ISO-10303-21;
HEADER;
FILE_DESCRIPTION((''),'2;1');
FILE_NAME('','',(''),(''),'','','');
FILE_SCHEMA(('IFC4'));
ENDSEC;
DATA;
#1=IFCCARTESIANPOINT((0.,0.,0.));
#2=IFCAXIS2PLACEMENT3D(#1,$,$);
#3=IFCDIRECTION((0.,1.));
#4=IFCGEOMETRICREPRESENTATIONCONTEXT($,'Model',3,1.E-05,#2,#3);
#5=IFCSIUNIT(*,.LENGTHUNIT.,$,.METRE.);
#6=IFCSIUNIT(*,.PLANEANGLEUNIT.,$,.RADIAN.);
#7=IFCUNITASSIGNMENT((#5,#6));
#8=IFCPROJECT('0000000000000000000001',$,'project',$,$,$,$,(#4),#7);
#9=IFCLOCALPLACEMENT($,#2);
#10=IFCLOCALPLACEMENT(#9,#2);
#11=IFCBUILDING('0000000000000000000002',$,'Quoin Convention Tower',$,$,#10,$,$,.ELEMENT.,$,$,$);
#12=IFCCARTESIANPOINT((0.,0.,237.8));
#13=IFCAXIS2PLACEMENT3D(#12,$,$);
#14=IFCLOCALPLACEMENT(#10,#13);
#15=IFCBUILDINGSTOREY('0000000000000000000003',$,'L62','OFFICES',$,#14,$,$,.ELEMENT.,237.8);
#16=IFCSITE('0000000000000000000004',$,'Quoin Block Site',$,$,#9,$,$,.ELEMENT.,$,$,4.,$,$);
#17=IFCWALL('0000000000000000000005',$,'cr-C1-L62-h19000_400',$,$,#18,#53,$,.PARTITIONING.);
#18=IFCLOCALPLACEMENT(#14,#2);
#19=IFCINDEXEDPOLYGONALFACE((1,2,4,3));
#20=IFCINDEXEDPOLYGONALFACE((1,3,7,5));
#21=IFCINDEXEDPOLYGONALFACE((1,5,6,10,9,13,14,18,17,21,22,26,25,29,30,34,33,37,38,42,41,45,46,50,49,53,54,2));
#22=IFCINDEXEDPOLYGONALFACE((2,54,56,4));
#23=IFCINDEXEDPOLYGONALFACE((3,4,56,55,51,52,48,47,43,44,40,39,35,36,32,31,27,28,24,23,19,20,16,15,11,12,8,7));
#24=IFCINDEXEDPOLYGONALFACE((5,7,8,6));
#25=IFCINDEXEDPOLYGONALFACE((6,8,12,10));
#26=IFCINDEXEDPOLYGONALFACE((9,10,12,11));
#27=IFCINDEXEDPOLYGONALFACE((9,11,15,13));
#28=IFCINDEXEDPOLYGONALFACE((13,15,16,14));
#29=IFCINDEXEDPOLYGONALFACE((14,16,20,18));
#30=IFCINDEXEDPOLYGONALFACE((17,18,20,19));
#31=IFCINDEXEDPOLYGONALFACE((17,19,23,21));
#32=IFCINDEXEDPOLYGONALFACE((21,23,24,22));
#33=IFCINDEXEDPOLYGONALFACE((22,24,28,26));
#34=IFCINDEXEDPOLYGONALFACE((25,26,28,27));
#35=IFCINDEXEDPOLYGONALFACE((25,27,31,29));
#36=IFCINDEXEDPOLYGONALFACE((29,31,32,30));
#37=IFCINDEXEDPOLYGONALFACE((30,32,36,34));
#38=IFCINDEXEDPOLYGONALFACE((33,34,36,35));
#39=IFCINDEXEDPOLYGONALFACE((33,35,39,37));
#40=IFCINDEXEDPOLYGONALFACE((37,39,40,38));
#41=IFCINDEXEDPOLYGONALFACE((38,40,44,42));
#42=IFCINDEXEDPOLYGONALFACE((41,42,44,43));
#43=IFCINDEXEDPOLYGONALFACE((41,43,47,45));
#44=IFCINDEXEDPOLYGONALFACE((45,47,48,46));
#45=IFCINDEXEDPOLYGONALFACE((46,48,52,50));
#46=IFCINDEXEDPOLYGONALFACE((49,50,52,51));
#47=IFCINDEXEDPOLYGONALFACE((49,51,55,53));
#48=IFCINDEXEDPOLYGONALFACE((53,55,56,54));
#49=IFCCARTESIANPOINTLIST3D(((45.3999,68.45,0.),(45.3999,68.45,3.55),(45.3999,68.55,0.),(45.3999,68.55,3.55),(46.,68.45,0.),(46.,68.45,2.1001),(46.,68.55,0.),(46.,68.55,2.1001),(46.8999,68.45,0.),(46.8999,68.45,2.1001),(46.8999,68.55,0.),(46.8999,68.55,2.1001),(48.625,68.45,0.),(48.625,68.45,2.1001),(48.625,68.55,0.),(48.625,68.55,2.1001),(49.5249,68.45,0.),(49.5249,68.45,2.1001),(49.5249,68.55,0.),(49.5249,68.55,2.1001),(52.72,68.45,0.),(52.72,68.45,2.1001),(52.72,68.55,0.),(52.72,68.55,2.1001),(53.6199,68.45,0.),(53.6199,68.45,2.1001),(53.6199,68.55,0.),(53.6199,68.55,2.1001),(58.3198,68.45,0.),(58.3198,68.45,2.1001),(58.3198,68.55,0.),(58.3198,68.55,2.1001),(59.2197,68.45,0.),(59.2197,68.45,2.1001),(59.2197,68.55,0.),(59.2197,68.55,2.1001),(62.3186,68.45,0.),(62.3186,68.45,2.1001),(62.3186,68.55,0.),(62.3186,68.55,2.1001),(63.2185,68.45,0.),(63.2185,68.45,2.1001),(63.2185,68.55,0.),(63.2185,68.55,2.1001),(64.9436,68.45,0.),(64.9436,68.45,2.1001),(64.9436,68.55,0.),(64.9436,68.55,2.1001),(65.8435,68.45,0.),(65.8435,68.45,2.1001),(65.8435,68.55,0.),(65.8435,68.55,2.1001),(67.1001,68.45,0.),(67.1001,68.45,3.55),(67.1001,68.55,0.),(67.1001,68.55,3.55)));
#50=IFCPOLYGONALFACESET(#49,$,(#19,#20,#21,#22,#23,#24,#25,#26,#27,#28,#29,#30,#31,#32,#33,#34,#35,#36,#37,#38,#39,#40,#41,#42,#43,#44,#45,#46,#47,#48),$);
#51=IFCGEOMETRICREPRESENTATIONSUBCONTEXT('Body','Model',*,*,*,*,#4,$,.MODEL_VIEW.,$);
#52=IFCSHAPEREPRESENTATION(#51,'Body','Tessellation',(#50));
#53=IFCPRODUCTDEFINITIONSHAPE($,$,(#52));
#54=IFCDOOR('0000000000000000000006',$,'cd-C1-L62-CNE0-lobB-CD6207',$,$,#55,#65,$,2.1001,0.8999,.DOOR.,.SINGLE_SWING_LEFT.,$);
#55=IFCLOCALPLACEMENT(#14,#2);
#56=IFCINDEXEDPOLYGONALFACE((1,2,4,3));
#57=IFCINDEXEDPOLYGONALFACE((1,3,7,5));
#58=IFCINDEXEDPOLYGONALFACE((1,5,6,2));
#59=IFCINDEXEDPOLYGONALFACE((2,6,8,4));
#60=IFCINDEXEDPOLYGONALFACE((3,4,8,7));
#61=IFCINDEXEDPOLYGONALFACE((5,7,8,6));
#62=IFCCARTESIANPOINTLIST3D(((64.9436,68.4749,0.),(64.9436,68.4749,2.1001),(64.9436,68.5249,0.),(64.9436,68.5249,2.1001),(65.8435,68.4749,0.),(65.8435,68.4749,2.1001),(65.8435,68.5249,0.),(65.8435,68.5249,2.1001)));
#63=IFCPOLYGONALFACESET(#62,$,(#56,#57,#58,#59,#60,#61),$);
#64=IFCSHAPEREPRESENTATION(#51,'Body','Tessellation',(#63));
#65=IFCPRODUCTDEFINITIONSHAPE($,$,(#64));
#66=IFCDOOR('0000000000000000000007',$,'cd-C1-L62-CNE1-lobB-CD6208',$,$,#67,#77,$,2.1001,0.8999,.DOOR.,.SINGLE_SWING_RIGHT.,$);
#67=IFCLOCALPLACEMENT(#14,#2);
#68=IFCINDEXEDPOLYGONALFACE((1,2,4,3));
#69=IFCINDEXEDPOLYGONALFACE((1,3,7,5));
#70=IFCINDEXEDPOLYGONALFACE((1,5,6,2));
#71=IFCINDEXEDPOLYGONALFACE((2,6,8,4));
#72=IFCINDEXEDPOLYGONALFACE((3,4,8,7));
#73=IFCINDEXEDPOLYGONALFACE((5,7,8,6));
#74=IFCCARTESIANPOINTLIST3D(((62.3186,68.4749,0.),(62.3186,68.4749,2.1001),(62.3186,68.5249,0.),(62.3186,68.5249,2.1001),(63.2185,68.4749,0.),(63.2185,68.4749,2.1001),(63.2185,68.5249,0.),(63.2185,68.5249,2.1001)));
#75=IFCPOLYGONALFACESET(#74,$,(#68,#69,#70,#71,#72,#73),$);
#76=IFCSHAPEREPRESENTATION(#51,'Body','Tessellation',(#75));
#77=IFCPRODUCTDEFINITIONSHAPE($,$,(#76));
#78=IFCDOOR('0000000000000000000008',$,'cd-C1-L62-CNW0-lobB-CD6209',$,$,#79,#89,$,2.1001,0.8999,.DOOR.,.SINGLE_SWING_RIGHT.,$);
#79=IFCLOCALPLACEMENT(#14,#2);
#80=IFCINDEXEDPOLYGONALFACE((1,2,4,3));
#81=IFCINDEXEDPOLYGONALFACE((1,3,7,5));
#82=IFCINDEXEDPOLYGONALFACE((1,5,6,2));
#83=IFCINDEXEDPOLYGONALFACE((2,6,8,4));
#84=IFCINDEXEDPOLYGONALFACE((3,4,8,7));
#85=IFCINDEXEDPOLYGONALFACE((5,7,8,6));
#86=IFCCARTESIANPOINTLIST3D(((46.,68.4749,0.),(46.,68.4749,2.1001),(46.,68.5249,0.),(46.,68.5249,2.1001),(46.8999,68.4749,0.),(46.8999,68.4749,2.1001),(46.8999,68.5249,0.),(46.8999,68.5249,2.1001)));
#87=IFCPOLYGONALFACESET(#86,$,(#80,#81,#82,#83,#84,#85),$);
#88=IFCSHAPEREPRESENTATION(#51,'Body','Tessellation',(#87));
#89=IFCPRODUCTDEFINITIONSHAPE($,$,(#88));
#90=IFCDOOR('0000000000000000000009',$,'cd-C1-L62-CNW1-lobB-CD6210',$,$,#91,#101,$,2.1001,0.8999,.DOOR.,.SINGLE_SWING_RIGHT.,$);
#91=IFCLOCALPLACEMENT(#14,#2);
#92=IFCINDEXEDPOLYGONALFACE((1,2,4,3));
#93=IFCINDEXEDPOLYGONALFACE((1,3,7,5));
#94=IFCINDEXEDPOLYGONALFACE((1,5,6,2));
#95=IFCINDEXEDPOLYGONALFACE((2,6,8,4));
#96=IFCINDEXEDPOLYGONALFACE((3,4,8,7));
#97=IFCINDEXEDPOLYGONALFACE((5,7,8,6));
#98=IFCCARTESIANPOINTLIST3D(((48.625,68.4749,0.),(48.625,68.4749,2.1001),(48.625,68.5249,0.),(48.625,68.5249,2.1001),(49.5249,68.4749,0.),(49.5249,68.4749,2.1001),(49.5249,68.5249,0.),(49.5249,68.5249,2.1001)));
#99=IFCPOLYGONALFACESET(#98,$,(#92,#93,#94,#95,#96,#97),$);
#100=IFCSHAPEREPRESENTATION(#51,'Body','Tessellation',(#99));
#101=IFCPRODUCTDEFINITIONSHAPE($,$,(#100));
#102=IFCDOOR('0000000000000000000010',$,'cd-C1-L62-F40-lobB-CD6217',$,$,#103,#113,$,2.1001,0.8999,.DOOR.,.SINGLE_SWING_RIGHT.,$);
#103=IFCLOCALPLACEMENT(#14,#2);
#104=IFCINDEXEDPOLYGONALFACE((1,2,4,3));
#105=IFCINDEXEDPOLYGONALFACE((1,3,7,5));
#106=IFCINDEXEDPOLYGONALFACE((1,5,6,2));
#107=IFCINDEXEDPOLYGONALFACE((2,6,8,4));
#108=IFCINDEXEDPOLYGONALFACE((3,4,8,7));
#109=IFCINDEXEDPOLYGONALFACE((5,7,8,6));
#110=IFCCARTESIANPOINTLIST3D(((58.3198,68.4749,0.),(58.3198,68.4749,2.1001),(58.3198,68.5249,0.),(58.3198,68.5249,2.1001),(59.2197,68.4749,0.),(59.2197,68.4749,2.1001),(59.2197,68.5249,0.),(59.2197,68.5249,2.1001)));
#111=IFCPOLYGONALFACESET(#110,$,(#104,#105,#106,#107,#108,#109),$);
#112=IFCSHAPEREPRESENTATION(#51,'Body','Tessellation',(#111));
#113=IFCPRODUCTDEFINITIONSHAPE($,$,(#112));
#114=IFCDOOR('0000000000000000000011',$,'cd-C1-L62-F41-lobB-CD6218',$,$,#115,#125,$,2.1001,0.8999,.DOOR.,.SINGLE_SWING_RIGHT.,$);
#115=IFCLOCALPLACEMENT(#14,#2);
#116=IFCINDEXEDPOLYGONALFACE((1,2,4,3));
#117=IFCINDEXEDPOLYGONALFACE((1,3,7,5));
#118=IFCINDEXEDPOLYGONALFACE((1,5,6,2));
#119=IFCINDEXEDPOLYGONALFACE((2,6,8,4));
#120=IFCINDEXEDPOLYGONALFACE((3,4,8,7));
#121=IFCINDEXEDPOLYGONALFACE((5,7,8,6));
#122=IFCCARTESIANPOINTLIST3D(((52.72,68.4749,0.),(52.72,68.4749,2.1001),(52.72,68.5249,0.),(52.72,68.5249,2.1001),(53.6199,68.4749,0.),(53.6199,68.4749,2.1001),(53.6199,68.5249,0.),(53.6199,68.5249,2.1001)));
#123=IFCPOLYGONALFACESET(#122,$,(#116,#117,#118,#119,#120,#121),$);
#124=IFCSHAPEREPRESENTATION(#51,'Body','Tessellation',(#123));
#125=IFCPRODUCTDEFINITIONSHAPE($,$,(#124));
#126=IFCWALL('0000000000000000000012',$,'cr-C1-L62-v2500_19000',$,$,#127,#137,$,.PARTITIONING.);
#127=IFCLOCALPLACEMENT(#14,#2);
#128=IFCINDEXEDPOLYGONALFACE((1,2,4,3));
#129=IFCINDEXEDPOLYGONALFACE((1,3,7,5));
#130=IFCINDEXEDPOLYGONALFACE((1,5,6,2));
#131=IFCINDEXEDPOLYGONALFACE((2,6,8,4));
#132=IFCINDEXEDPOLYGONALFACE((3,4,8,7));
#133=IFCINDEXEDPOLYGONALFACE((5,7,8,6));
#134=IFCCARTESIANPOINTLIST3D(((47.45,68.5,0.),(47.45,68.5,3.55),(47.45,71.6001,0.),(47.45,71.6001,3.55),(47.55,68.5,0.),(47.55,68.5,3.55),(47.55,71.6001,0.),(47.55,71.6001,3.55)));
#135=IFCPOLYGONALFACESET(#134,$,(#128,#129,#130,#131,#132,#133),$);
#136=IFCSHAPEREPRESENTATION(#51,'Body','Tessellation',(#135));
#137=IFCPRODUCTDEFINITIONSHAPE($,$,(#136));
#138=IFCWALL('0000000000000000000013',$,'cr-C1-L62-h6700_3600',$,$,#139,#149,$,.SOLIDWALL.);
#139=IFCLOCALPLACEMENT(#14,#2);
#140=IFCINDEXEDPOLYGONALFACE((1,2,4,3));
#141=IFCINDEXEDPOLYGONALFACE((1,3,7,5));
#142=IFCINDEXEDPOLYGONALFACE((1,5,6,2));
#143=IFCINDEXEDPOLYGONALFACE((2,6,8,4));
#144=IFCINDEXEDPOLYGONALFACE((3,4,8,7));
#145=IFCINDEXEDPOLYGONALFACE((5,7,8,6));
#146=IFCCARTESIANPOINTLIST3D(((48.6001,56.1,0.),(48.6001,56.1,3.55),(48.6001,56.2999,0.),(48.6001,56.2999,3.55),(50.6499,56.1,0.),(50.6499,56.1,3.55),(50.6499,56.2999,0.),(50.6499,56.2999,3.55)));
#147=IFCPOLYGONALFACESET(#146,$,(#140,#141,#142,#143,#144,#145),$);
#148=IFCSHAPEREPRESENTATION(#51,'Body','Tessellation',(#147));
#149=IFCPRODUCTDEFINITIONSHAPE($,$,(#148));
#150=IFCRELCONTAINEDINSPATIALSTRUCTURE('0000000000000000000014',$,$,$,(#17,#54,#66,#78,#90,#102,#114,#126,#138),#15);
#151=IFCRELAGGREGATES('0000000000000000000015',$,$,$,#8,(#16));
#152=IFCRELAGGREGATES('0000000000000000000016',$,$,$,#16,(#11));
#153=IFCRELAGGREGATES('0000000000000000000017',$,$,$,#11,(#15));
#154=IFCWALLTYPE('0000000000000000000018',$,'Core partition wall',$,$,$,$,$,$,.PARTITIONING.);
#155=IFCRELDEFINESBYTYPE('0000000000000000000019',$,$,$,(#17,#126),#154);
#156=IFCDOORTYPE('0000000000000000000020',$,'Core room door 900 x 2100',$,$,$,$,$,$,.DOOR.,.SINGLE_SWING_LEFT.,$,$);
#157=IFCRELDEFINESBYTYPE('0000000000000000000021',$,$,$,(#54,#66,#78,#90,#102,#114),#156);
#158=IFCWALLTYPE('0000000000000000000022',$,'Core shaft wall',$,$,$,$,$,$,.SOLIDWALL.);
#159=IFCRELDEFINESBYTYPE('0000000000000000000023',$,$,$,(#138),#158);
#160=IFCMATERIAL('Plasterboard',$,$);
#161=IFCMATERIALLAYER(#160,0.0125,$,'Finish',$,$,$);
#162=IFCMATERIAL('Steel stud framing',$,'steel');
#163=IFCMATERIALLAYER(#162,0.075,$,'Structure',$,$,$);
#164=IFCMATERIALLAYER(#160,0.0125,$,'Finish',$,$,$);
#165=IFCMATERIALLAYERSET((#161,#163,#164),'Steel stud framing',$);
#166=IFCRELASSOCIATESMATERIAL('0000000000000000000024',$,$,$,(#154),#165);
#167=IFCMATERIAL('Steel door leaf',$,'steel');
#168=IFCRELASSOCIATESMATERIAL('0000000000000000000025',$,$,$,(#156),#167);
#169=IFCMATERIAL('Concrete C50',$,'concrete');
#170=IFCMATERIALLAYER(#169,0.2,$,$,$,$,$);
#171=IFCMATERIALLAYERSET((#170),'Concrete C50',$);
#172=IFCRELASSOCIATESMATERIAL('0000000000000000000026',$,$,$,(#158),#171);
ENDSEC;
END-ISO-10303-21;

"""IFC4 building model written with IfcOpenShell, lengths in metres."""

from ifc_helpers import new_model, si_unit, direction, frame, frame_2d, origin, place, context, subcontext, project, spatial, rectangle, extrude, material, layer, layer_set, type_object, element, fill, save


model = new_model("IFC4")

# Units and contexts
model_context = context("Model", 3, precision=1e-05, world=origin(), true_north=direction((0.0, 1.0)))
body_context = subcontext(model_context, "Body", "Model", "MODEL_VIEW")
ifc_project = project(units=[si_unit("LENGTHUNIT", "METRE"), si_unit("PLANEANGLEUNIT", "RADIAN")], contexts=[model_context])

# Site, building, storey
site_placement = place(None, origin())
site = spatial("IfcSite", under=ifc_project, at=site_placement, Name="Quoin Block Site", CompositionType="ELEMENT", RefElevation=4.0)
building_placement = place(site_placement, origin())
building = spatial("IfcBuilding", under=site, at=building_placement, Name="Quoin Convention Tower", CompositionType="ELEMENT")
storey_placement = place(building_placement, frame((0.0, 0.0, 237.8)))
storey = spatial("IfcBuildingStorey", under=building, at=storey_placement, Name="L62", Description="OFFICES", CompositionType="ELEMENT", Elevation=237.8)

# Wall, openings, doors
ifc_material_1 = material(Name="Plasterboard")
ifc_layer_1 = layer(ifc_material_1, 0.0125, Name="Finish")
ifc_material_2 = material(Name="Steel stud framing", Category="steel")
ifc_layer_2 = layer(ifc_material_2, 0.075, Name="Structure")
ifc_layer_3 = layer(ifc_material_1, 0.0125, Name="Finish")
ifc_layer_set_1 = layer_set([ifc_layer_1, ifc_layer_2, ifc_layer_3], Name="Steel stud framing")
wall_type_1 = type_object("IfcWallType", Name="Core partition wall", PredefinedType="PARTITIONING", material=ifc_layer_set_1)
wall_1_placement = place(storey_placement, frame((45.3999, 68.5, 0.0), z_axis=(0.0, 0.0, 1.0), x_axis=(1.0, 0.0, 0.0)))
wall_1 = element("IfcWall", 1, at=wall_1_placement, inside=storey, type_object=wall_type_1, Name="cr-C1-L62-h19000_400", PredefinedType="PARTITIONING", context=body_context, shape_type="SweptSolid", body=[
    extrude(rectangle(XDim=21.7002, YDim=0.1001, at=frame_2d((10.8501, 0.0))), origin(), (0.0, 0.0, 1.0), 3.55),
])
opening_1_placement = place(wall_1_placement, frame((19.5437, 0.0, 0.0)))
opening_1 = element("IfcOpeningElement", 2, at=opening_1_placement, cuts=wall_1, PredefinedType="OPENING", context=body_context, shape_type="SweptSolid", body=[
    extrude(rectangle(XDim=0.8999, YDim=2.1001, at=frame_2d((0.45, 1.05))), frame((0.0, 0.0601, 0.0), z_axis=(0.0, -1.0, 0.0), x_axis=(1.0, 0.0, 0.0)), (0.0, 0.0, 1.0), 0.1201),
])
opening_2_placement = place(wall_1_placement, frame((16.9187, 0.0, 0.0)))
opening_2 = element("IfcOpeningElement", 3, at=opening_2_placement, cuts=wall_1, PredefinedType="OPENING", context=body_context, shape_type="SweptSolid", body=[
    extrude(rectangle(XDim=0.8999, YDim=2.1001, at=frame_2d((0.45, 1.05))), frame((0.0, 0.0601, 0.0), z_axis=(0.0, -1.0, 0.0), x_axis=(1.0, 0.0, 0.0)), (0.0, 0.0, 1.0), 0.1201),
])
opening_3_placement = place(wall_1_placement, frame((0.6001, 0.0, 0.0)))
opening_3 = element("IfcOpeningElement", 4, at=opening_3_placement, cuts=wall_1, PredefinedType="OPENING", context=body_context, shape_type="SweptSolid", body=[
    extrude(rectangle(XDim=0.8999, YDim=2.1001, at=frame_2d((0.45, 1.05))), frame((0.0, 0.0601, 0.0), z_axis=(0.0, -1.0, 0.0), x_axis=(1.0, 0.0, 0.0)), (0.0, 0.0, 1.0), 0.1201),
])
opening_4_placement = place(wall_1_placement, frame((3.2251, 0.0, 0.0)))
opening_4 = element("IfcOpeningElement", 5, at=opening_4_placement, cuts=wall_1, PredefinedType="OPENING", context=body_context, shape_type="SweptSolid", body=[
    extrude(rectangle(XDim=0.8999, YDim=2.1001, at=frame_2d((0.45, 1.05))), frame((0.0, 0.0601, 0.0), z_axis=(0.0, -1.0, 0.0), x_axis=(1.0, 0.0, 0.0)), (0.0, 0.0, 1.0), 0.1201),
])
opening_5_placement = place(wall_1_placement, frame((12.9199, 0.0, 0.0)))
opening_5 = element("IfcOpeningElement", 6, at=opening_5_placement, cuts=wall_1, PredefinedType="OPENING", context=body_context, shape_type="SweptSolid", body=[
    extrude(rectangle(XDim=0.8999, YDim=2.1001, at=frame_2d((0.45, 1.05))), frame((0.0, 0.0601, 0.0), z_axis=(0.0, -1.0, 0.0), x_axis=(1.0, 0.0, 0.0)), (0.0, 0.0, 1.0), 0.1201),
])
opening_6_placement = place(wall_1_placement, frame((7.3201, 0.0, 0.0)))
opening_6 = element("IfcOpeningElement", 7, at=opening_6_placement, cuts=wall_1, PredefinedType="OPENING", context=body_context, shape_type="SweptSolid", body=[
    extrude(rectangle(XDim=0.8999, YDim=2.1001, at=frame_2d((0.45, 1.05))), frame((0.0, 0.0601, 0.0), z_axis=(0.0, -1.0, 0.0), x_axis=(1.0, 0.0, 0.0)), (0.0, 0.0, 1.0), 0.1201),
])
ifc_material_3 = material(Name="Steel door leaf", Category="steel")
door_type_1 = type_object("IfcDoorType", Name="Core room door 900 x 2100", OperationType="SINGLE_SWING_LEFT", PredefinedType="DOOR", material=ifc_material_3)
door_1_placement = place(opening_1_placement, origin())
door_1 = element("IfcDoor", 8, at=door_1_placement, inside=storey, type_object=door_type_1, Name="cd-C1-L62-CNE0-lobB-CD6207", OperationType="SINGLE_SWING_LEFT", OverallHeight=2.1001, OverallWidth=0.8999, PredefinedType="DOOR", context=body_context, shape_type="SweptSolid", body=[
    extrude(rectangle(XDim=0.8999, YDim=2.1001, at=frame_2d((0.45, 1.05))), frame((0.0, 0.0249, 0.0), z_axis=(0.0, -1.0, 0.0), x_axis=(1.0, 0.0, 0.0)), (0.0, 0.0, 1.0), 0.05),
])
fill(opening_1, door_1)
door_2_placement = place(opening_2_placement, origin())
door_2 = element("IfcDoor", 9, at=door_2_placement, inside=storey, type_object=door_type_1, Name="cd-C1-L62-CNE1-lobB-CD6208", OperationType="SINGLE_SWING_RIGHT", OverallHeight=2.1001, OverallWidth=0.8999, PredefinedType="DOOR", context=body_context, shape_type="SweptSolid", body=[
    extrude(rectangle(XDim=0.8999, YDim=2.1001, at=frame_2d((0.45, 1.05))), frame((0.0, 0.0249, 0.0), z_axis=(0.0, -1.0, 0.0), x_axis=(1.0, 0.0, 0.0)), (0.0, 0.0, 1.0), 0.05),
])
fill(opening_2, door_2)
door_3_placement = place(opening_3_placement, origin())
door_3 = element("IfcDoor", 10, at=door_3_placement, inside=storey, type_object=door_type_1, Name="cd-C1-L62-CNW0-lobB-CD6209", OperationType="SINGLE_SWING_RIGHT", OverallHeight=2.1001, OverallWidth=0.8999, PredefinedType="DOOR", context=body_context, shape_type="SweptSolid", body=[
    extrude(rectangle(XDim=0.8999, YDim=2.1001, at=frame_2d((0.45, 1.05))), frame((0.0, 0.0249, 0.0), z_axis=(0.0, -1.0, 0.0), x_axis=(1.0, 0.0, 0.0)), (0.0, 0.0, 1.0), 0.05),
])
fill(opening_3, door_3)
door_4_placement = place(opening_4_placement, origin())
door_4 = element("IfcDoor", 11, at=door_4_placement, inside=storey, type_object=door_type_1, Name="cd-C1-L62-CNW1-lobB-CD6210", OperationType="SINGLE_SWING_RIGHT", OverallHeight=2.1001, OverallWidth=0.8999, PredefinedType="DOOR", context=body_context, shape_type="SweptSolid", body=[
    extrude(rectangle(XDim=0.8999, YDim=2.1001, at=frame_2d((0.45, 1.05))), frame((0.0, 0.0249, 0.0), z_axis=(0.0, -1.0, 0.0), x_axis=(1.0, 0.0, 0.0)), (0.0, 0.0, 1.0), 0.05),
])
fill(opening_4, door_4)
door_5_placement = place(opening_5_placement, origin())
door_5 = element("IfcDoor", 12, at=door_5_placement, inside=storey, type_object=door_type_1, Name="cd-C1-L62-F40-lobB-CD6217", OperationType="SINGLE_SWING_RIGHT", OverallHeight=2.1001, OverallWidth=0.8999, PredefinedType="DOOR", context=body_context, shape_type="SweptSolid", body=[
    extrude(rectangle(XDim=0.8999, YDim=2.1001, at=frame_2d((0.45, 1.05))), frame((0.0, 0.0249, 0.0), z_axis=(0.0, -1.0, 0.0), x_axis=(1.0, 0.0, 0.0)), (0.0, 0.0, 1.0), 0.05),
])
fill(opening_5, door_5)
door_6_placement = place(opening_6_placement, origin())
door_6 = element("IfcDoor", 13, at=door_6_placement, inside=storey, type_object=door_type_1, Name="cd-C1-L62-F41-lobB-CD6218", OperationType="SINGLE_SWING_RIGHT", OverallHeight=2.1001, OverallWidth=0.8999, PredefinedType="DOOR", context=body_context, shape_type="SweptSolid", body=[
    extrude(rectangle(XDim=0.8999, YDim=2.1001, at=frame_2d((0.45, 1.05))), frame((0.0, 0.0249, 0.0), z_axis=(0.0, -1.0, 0.0), x_axis=(1.0, 0.0, 0.0)), (0.0, 0.0, 1.0), 0.05),
])
fill(opening_6, door_6)

# Walls
wall_2_placement = place(storey_placement, frame((47.5, 68.5, 0.0), z_axis=(0.0, 0.0, 1.0), x_axis=(0.0, 1.0, 0.0)))
element("IfcWall", 14, at=wall_2_placement, inside=storey, type_object=wall_type_1, Name="cr-C1-L62-v2500_19000", PredefinedType="PARTITIONING", context=body_context, shape_type="SweptSolid", body=[
    extrude(rectangle(XDim=3.1001, YDim=0.1001, at=frame_2d((1.55, 0.0))), origin(), (0.0, 0.0, 1.0), 3.55),
])
ifc_material_4 = material(Name="Concrete C50", Category="concrete")
ifc_layer_4 = layer(ifc_material_4, 0.2)
ifc_layer_set_2 = layer_set([ifc_layer_4], Name="Concrete C50")
wall_type_2 = type_object("IfcWallType", Name="Core shaft wall", PredefinedType="SOLIDWALL", material=ifc_layer_set_2)
wall_3_placement = place(storey_placement, frame((48.6001, 56.2, 0.0), z_axis=(0.0, 0.0, 1.0), x_axis=(1.0, 0.0, 0.0)))
element("IfcWall", 15, at=wall_3_placement, inside=storey, type_object=wall_type_2, Name="cr-C1-L62-h6700_3600", PredefinedType="SOLIDWALL", context=body_context, shape_type="SweptSolid", body=[
    extrude(rectangle(XDim=2.0498, YDim=0.2, at=frame_2d((1.0249, 0.0))), origin(), (0.0, 0.0, 1.0), 3.55),
])

save(model, "model.ifc")
